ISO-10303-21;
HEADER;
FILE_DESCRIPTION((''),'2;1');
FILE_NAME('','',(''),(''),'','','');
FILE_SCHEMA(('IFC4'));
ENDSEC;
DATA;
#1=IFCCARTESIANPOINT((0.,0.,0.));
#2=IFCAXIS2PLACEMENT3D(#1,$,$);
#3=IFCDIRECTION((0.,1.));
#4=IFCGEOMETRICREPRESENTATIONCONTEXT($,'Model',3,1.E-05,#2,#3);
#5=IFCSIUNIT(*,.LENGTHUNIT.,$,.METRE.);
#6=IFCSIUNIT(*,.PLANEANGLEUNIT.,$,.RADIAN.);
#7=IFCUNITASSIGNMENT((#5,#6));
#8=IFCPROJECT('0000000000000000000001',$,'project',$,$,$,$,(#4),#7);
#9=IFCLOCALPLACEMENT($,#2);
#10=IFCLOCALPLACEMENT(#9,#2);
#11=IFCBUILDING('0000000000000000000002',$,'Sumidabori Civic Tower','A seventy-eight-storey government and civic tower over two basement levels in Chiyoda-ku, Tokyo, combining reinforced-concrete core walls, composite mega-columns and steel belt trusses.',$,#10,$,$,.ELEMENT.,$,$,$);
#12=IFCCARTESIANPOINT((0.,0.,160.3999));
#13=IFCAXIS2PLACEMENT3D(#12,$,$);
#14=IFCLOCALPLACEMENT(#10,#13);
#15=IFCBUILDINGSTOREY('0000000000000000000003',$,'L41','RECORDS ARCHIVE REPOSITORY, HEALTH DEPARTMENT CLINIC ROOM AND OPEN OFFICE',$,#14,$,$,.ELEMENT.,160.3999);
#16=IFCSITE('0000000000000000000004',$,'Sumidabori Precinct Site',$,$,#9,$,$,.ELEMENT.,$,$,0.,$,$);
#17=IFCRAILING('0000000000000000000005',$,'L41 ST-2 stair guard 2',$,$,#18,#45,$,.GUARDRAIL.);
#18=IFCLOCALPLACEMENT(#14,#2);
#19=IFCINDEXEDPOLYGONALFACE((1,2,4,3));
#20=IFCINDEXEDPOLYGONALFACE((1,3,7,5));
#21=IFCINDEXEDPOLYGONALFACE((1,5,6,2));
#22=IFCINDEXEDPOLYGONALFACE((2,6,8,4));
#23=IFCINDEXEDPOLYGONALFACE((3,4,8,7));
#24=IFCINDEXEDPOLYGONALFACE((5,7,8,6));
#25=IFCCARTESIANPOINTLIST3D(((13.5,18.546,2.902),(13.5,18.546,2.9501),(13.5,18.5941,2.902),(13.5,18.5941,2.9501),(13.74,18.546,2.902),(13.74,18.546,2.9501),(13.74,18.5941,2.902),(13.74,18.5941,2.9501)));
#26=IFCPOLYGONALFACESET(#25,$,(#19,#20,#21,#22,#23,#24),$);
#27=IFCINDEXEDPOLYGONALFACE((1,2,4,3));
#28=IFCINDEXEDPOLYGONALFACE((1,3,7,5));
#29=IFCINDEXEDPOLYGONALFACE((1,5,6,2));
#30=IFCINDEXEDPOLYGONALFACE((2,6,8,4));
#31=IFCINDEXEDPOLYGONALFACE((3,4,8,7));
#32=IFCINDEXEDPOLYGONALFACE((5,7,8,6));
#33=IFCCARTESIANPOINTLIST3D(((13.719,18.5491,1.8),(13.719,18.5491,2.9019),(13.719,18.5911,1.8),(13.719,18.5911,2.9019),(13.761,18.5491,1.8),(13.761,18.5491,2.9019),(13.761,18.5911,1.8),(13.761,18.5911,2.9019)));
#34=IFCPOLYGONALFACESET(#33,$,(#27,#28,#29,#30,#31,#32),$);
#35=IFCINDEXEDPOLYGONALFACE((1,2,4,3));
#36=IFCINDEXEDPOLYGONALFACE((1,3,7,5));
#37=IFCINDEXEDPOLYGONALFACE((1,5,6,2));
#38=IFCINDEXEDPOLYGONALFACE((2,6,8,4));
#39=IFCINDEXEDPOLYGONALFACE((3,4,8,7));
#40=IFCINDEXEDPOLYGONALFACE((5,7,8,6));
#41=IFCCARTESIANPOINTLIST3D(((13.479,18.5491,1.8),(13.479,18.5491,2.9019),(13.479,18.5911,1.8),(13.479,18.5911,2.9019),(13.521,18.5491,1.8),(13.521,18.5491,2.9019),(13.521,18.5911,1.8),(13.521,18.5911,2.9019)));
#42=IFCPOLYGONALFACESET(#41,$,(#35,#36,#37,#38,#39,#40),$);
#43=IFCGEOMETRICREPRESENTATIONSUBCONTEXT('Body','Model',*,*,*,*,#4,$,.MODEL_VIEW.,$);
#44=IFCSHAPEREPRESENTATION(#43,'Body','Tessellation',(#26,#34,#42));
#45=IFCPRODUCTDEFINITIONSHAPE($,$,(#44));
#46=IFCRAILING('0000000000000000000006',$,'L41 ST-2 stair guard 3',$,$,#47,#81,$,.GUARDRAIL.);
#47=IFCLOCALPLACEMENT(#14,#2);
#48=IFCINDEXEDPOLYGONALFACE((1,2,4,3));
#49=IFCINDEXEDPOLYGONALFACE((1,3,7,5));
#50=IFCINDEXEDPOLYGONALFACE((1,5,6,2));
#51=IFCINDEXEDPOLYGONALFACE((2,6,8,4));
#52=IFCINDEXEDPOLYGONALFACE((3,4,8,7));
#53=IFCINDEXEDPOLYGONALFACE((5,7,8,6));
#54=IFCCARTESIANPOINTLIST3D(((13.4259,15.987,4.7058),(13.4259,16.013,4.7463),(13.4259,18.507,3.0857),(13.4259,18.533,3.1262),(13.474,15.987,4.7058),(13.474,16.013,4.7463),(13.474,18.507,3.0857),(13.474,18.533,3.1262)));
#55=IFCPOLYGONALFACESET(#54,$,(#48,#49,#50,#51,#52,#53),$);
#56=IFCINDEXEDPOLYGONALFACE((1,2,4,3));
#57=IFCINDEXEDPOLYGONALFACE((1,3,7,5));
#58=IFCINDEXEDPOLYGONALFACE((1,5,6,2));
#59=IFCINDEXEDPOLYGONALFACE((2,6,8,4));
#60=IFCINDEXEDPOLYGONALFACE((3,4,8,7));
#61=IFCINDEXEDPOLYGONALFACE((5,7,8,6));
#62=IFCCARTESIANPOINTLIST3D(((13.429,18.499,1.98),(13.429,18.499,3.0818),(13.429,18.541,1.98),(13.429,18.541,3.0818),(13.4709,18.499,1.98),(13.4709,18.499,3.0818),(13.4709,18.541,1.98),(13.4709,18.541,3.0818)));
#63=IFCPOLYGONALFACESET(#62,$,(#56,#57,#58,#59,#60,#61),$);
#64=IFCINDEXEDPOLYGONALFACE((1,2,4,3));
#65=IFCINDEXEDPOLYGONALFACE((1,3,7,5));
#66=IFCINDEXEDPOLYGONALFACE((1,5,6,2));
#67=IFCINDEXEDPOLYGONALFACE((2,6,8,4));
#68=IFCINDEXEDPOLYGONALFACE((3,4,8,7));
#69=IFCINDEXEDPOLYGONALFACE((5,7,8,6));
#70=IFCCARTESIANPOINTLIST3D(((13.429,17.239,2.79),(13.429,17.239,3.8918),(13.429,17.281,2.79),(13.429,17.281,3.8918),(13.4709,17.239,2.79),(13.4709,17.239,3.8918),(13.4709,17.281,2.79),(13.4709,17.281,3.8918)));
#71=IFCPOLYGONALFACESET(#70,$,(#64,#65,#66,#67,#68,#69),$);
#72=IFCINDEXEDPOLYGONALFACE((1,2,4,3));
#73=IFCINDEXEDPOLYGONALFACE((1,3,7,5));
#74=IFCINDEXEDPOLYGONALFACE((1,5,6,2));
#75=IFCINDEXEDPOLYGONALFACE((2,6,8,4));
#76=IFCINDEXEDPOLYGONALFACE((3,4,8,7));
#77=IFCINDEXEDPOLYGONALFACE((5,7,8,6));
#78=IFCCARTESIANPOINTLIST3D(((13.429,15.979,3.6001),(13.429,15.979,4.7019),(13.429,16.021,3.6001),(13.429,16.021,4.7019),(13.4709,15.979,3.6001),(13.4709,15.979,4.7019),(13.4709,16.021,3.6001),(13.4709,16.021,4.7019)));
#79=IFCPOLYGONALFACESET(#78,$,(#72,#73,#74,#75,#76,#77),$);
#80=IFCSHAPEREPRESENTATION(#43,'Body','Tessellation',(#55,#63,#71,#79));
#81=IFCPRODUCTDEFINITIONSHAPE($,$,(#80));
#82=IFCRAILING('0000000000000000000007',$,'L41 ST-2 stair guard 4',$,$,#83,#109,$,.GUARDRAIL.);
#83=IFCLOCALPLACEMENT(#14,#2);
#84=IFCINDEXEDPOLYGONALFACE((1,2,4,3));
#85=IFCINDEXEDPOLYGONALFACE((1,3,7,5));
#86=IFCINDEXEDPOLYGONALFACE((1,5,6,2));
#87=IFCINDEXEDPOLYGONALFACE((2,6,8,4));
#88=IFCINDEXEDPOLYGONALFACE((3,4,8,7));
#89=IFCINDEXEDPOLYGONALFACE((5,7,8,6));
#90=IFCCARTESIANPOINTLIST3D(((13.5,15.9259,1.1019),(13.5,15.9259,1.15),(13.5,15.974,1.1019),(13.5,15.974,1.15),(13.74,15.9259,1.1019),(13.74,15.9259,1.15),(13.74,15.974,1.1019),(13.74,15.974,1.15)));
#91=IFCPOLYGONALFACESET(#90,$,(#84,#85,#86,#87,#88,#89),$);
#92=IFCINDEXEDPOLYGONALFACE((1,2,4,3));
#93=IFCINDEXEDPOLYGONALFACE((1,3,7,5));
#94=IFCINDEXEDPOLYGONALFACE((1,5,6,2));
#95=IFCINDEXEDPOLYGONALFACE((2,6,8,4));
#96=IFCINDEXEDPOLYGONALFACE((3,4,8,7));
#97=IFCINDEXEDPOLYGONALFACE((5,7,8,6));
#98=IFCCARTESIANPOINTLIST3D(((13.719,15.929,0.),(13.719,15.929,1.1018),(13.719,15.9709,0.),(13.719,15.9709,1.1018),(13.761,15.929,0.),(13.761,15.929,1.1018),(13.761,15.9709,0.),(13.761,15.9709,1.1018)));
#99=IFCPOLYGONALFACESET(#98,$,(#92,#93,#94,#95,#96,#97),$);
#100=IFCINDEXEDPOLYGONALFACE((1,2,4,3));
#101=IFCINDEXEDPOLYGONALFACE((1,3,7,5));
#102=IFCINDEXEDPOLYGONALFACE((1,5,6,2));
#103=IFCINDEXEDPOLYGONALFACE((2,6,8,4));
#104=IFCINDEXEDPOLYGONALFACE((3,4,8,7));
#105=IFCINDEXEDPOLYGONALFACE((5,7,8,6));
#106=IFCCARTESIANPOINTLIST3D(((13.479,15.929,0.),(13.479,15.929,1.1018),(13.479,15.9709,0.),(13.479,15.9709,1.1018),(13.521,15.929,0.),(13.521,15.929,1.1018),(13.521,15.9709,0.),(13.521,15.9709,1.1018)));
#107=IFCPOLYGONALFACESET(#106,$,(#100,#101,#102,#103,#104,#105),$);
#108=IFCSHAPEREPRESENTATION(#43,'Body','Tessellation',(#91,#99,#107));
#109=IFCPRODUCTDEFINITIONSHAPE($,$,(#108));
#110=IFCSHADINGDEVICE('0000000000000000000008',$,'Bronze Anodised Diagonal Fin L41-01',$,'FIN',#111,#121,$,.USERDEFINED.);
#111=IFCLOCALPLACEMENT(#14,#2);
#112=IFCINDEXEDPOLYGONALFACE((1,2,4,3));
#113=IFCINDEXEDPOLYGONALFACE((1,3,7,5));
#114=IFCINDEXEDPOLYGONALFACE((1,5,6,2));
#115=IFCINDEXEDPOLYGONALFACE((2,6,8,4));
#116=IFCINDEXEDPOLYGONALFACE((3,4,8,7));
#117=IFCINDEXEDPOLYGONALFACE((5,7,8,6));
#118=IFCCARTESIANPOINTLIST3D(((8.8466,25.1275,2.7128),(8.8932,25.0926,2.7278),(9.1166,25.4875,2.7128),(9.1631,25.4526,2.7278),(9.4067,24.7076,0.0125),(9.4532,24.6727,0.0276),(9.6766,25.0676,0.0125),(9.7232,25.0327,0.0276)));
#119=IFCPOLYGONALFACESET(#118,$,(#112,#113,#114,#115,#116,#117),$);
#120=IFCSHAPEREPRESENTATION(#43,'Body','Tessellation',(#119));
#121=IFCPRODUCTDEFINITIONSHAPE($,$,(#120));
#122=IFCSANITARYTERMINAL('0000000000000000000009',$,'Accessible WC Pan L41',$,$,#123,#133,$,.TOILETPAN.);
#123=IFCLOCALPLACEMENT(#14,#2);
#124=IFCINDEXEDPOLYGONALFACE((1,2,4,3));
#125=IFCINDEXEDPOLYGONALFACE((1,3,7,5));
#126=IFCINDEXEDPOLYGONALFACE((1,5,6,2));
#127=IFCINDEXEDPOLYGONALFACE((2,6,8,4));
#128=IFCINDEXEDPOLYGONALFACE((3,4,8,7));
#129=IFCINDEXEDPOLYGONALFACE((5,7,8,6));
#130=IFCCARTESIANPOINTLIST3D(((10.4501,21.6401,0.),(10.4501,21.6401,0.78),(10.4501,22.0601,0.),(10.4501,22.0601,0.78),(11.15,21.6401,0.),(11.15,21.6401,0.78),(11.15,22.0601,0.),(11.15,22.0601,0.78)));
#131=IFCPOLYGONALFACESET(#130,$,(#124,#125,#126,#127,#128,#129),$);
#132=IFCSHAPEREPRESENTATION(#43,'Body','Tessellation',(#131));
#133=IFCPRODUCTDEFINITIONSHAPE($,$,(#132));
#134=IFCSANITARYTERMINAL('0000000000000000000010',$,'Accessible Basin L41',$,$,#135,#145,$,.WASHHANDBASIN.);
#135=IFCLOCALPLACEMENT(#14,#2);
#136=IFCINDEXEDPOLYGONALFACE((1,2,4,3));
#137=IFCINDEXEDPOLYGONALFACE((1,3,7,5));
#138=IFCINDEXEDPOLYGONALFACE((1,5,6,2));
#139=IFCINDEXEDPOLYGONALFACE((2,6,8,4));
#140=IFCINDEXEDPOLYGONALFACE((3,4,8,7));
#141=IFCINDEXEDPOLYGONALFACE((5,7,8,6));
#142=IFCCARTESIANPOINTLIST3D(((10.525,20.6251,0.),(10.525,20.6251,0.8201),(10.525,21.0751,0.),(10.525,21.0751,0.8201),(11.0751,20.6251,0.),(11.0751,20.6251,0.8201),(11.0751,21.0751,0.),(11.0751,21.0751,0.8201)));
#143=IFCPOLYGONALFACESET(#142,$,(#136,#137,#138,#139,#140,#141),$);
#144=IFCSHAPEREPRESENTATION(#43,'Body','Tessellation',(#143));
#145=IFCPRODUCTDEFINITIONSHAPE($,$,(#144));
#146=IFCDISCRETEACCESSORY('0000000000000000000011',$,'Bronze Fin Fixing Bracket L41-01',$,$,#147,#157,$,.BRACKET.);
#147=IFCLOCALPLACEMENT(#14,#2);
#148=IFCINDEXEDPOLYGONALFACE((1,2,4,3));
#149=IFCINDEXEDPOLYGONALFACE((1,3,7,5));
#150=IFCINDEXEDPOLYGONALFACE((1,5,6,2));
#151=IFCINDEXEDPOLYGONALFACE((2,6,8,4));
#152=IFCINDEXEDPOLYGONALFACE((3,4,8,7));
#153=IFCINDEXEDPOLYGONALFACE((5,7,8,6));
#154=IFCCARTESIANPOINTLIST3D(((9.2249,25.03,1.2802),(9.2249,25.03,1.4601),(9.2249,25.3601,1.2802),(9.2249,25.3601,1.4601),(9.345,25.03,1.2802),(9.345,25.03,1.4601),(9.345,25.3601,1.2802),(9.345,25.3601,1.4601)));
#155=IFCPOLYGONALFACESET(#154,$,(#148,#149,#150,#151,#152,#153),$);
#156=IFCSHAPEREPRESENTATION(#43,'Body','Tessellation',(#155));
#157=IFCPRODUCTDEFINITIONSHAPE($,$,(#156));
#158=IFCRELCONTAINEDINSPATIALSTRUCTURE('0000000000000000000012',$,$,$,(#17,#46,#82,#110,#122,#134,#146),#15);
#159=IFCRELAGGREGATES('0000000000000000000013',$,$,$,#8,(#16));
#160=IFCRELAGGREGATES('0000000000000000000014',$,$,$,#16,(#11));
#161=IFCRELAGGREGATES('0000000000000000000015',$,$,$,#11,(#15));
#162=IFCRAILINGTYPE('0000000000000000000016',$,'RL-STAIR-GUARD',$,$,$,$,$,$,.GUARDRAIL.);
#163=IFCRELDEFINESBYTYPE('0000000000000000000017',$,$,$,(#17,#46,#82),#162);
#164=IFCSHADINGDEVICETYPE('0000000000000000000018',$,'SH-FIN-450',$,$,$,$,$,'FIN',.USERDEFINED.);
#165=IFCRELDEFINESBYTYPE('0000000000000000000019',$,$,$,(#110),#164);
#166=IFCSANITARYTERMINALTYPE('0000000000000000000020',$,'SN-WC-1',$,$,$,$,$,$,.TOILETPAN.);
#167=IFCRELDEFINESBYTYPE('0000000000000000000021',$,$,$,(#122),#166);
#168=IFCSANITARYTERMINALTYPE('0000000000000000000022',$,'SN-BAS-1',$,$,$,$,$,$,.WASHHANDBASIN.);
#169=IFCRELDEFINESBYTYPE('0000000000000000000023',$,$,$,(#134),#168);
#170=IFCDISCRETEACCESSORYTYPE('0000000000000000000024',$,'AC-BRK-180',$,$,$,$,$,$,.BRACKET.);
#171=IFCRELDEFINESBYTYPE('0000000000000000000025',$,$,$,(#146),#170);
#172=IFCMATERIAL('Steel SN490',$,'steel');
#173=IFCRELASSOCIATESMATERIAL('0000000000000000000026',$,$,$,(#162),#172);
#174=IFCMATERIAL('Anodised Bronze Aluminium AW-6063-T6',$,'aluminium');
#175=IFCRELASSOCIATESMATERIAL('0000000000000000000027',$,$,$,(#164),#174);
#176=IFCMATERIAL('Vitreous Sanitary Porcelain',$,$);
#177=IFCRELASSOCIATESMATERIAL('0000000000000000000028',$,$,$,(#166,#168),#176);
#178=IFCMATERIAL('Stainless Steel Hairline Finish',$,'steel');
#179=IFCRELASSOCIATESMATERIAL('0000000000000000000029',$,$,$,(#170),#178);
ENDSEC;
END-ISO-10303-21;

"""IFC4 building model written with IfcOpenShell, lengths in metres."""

from ifc_helpers import new_model, si_unit, direction, frame, origin, origin_2d, place, context, subcontext, project, spatial, rectangle, extrude, source, transform, mapped, material, material_profile, profile_set, type_object, element, save


model = new_model("IFC4")

# Units and contexts
model_context = context("Model", 3, precision=1e-05, world=origin(), true_north=direction((0.0, 1.0)))
body_context = subcontext(model_context, "Body", "Model", "MODEL_VIEW")
ifc_project = project(units=[si_unit("LENGTHUNIT", "METRE"), si_unit("PLANEANGLEUNIT", "RADIAN")], contexts=[model_context])

# Site, building, storey
site_placement = place(None, origin())
site = spatial("IfcSite", under=ifc_project, at=site_placement, Name="Sumidabori Precinct Site", CompositionType="ELEMENT", RefElevation=0.0)
building_placement = place(site_placement, origin())
building = spatial("IfcBuilding", under=site, at=building_placement, Name="Sumidabori Civic Tower", Description="A seventy-eight-storey government and civic tower over two basement levels in Chiyoda-ku, Tokyo, combining reinforced-concrete core walls, composite mega-columns and steel belt trusses.", CompositionType="ELEMENT")
storey_placement = place(building_placement, frame((0.0, 0.0, 160.3999)))
storey = spatial("IfcBuildingStorey", under=building, at=storey_placement, Name="L41", Description="RECORDS ARCHIVE REPOSITORY, HEALTH DEPARTMENT CLINIC ROOM AND OPEN OFFICE", CompositionType="ELEMENT", Elevation=160.3999)

# Shared definitions
ifc_material_1 = material(Name="Steel SN490", Category="steel")

# Shared definitions
ifc_material_2 = material(Name="Anodised Bronze Aluminium AW-6063-T6", Category="aluminium")

# Railings
ifc_material_3 = material(Name="Stainless Steel Hairline Finish", Category="steel")
railing_type_1 = type_object("IfcRailingType", Name="RL-STAIR-GUARD", PredefinedType="GUARDRAIL", material=ifc_material_1)
railing_1_placement = place(storey_placement, frame((13.74, 18.5701, 1.8)))
element("IfcRailing", 1, at=railing_1_placement, inside=storey, type_object=railing_type_1, Name="L41 ST-2 stair guard 2", PredefinedType="GUARDRAIL", context=body_context, shape_type="SweptSolid", body=[
    extrude(rectangle(XDim=0.0481, YDim=0.0481, at=origin_2d()), frame((0.0, 0.0, 1.126), z_axis=(-1.0, 0.0, 0.0), x_axis=(0.0, -1.0, 0.0)), (0.0, 0.0, 1.0), 0.24),
    extrude(rectangle(XDim=0.042, YDim=0.042, at=origin_2d()), origin(), (0.0, 0.0, 1.0), 1.1018),
    extrude(rectangle(XDim=0.042, YDim=0.042, at=origin_2d()), frame((-0.24, 0.0, 0.0)), (0.0, 0.0, 1.0), 1.1018),
])
railing_2_placement = place(storey_placement, frame((13.45, 18.52, 1.98)))
element("IfcRailing", 2, at=railing_2_placement, inside=storey, type_object=railing_type_1, Name="L41 ST-2 stair guard 3", PredefinedType="GUARDRAIL", context=body_context, shape_type="SweptSolid", body=[
    extrude(rectangle(XDim=0.0481, YDim=0.0481, at=origin_2d()), frame((0.0, 0.0, 1.126), z_axis=(0.0, -0.841163, 0.540782), x_axis=(1.0, 0.0, 0.0)), (0.0, 0.0, 1.0), 2.9958),
    extrude(rectangle(XDim=0.042, YDim=0.042, at=origin_2d()), origin(), (0.0, 0.0, 1.0), 1.1018),
    extrude(rectangle(XDim=0.042, YDim=0.042, at=origin_2d()), frame((0.0, -1.26, 0.8101)), (0.0, 0.0, 1.0), 1.1018),
    extrude(rectangle(XDim=0.042, YDim=0.042, at=origin_2d()), frame((0.0, -2.52, 1.6201)), (0.0, 0.0, 1.0), 1.1018),
])
railing_3_placement = place(storey_placement, frame((13.74, 15.95, 0.0)))
element("IfcRailing", 3, at=railing_3_placement, inside=storey, type_object=railing_type_1, Name="L41 ST-2 stair guard 4", PredefinedType="GUARDRAIL", context=body_context, shape_type="SweptSolid", body=[
    extrude(rectangle(XDim=0.0481, YDim=0.0481, at=origin_2d()), frame((0.0, 0.0, 1.126), z_axis=(-1.0, 0.0, 0.0), x_axis=(0.0, -1.0, 0.0)), (0.0, 0.0, 1.0), 0.24),
    extrude(rectangle(XDim=0.042, YDim=0.042, at=origin_2d()), origin(), (0.0, 0.0, 1.0), 1.1018),
    extrude(rectangle(XDim=0.042, YDim=0.042, at=origin_2d()), frame((-0.24, 0.0, 0.0)), (0.0, 0.0, 1.0), 1.1018),
])

# Shading device
ifc_material_profile_1 = material_profile(ifc_material_2, rectangle(XDim=0.0601, YDim=0.45, at=origin_2d()), Name="BRONZE FIN 450x60")
ifc_profile_set_1 = profile_set([ifc_material_profile_1], Name="Anodised Bronze Aluminium AW-6063-T6")
shading_device_type = type_object("IfcShadingDeviceType", Name="SH-FIN-450", ElementType="FIN", PredefinedType="USERDEFINED", material=ifc_profile_set_1)
shared_shape_1 = source(origin(), body_context, "Body", "SweptSolid", [
    extrude(rectangle(XDim=0.0601, YDim=0.45, at=origin_2d()), origin(), (0.0, 0.0, 1.0), 2.7896),
])
shading_device_placement = place(storey_placement, frame((9.5649, 24.8701, 0.02), z_axis=(-0.200777, 0.150539, 0.968001), x_axis=(0.774482, -0.580693, 0.250945)))
element("IfcShadingDevice", 4, at=shading_device_placement, inside=storey, type_object=shading_device_type, Name="Bronze Anodised Diagonal Fin L41-01", ObjectType="FIN", PredefinedType="USERDEFINED", context=body_context, shape_type="MappedRepresentation", body=[
    mapped(shared_shape_1, transform((0.0, 0.0, 0.0), x_axis=(1.0, 0.0, 0.0), y_axis=(0.0, 1.0, 0.0), z_axis=(0.0, 0.0, 1.0), scale=1.0)),
])

# Sanitary terminals
ifc_material_4 = material(Name="Vitreous Sanitary Porcelain")
sanitary_terminal_type_1 = type_object("IfcSanitaryTerminalType", Name="SN-WC-1", PredefinedType="TOILETPAN", material=ifc_material_4)
shared_shape_2 = source(origin(), body_context, "Body", "SweptSolid", [
    extrude(rectangle(XDim=0.7, YDim=0.4199, at=origin_2d()), origin(), (0.0, 0.0, 1.0), 0.78),
])
sanitary_terminal_1_placement = place(storey_placement, frame((10.8, 21.8501, 0.0), z_axis=(0.0, 0.0, 1.0), x_axis=(1.0, 0.0, 0.0)))
element("IfcSanitaryTerminal", 5, at=sanitary_terminal_1_placement, inside=storey, type_object=sanitary_terminal_type_1, Name="Accessible WC Pan L41", PredefinedType="TOILETPAN", context=body_context, shape_type="MappedRepresentation", body=[
    mapped(shared_shape_2, transform((0.0, 0.0, 0.0), x_axis=(1.0, 0.0, 0.0), y_axis=(0.0, 1.0, 0.0), z_axis=(0.0, 0.0, 1.0), scale=1.0)),
])
sanitary_terminal_type_2 = type_object("IfcSanitaryTerminalType", Name="SN-BAS-1", PredefinedType="WASHHANDBASIN", material=ifc_material_4)
shared_shape_3 = source(origin(), body_context, "Body", "SweptSolid", [
    extrude(rectangle(XDim=0.55, YDim=0.45, at=origin_2d()), origin(), (0.0, 0.0, 1.0), 0.8201),
])
sanitary_terminal_2_placement = place(storey_placement, frame((10.8, 20.8501, 0.0), z_axis=(0.0, 0.0, 1.0), x_axis=(1.0, 0.0, 0.0)))
element("IfcSanitaryTerminal", 6, at=sanitary_terminal_2_placement, inside=storey, type_object=sanitary_terminal_type_2, Name="Accessible Basin L41", PredefinedType="WASHHANDBASIN", context=body_context, shape_type="MappedRepresentation", body=[
    mapped(shared_shape_3, transform((0.0, 0.0, 0.0), x_axis=(1.0, 0.0, 0.0), y_axis=(0.0, 1.0, 0.0), z_axis=(0.0, 0.0, 1.0), scale=1.0)),
])

# Discrete accessory
ifc_material_profile_2 = material_profile(ifc_material_3, rectangle(XDim=0.1201, YDim=0.1799, at=origin_2d()), Name="STEEL BRACKET 180x120")
ifc_profile_set_2 = profile_set([ifc_material_profile_2], Name="Stainless Steel Hairline Finish")
discrete_accessory_type = type_object("IfcDiscreteAccessoryType", Name="AC-BRK-180", PredefinedType="BRACKET", material=ifc_profile_set_2)
shared_shape_4 = source(origin(), body_context, "Body", "SweptSolid", [
    extrude(rectangle(XDim=0.1201, YDim=0.1799, at=origin_2d()), origin(), (0.0, 0.0, 1.0), 0.3301),
])
discrete_accessory_placement = place(storey_placement, frame((9.2849, 25.03, 1.3701), z_axis=(0.0, 1.0, 0.0), x_axis=(-1.0, 0.0, 0.0)))
element("IfcDiscreteAccessory", 7, at=discrete_accessory_placement, inside=storey, type_object=discrete_accessory_type, Name="Bronze Fin Fixing Bracket L41-01", PredefinedType="BRACKET", context=body_context, shape_type="MappedRepresentation", body=[
    mapped(shared_shape_4, transform((0.0, 0.0, 0.0), x_axis=(1.0, 0.0, 0.0), y_axis=(0.0, 1.0, 0.0), z_axis=(0.0, 0.0, 1.0), scale=1.0)),
])

save(model, "model.ifc")
